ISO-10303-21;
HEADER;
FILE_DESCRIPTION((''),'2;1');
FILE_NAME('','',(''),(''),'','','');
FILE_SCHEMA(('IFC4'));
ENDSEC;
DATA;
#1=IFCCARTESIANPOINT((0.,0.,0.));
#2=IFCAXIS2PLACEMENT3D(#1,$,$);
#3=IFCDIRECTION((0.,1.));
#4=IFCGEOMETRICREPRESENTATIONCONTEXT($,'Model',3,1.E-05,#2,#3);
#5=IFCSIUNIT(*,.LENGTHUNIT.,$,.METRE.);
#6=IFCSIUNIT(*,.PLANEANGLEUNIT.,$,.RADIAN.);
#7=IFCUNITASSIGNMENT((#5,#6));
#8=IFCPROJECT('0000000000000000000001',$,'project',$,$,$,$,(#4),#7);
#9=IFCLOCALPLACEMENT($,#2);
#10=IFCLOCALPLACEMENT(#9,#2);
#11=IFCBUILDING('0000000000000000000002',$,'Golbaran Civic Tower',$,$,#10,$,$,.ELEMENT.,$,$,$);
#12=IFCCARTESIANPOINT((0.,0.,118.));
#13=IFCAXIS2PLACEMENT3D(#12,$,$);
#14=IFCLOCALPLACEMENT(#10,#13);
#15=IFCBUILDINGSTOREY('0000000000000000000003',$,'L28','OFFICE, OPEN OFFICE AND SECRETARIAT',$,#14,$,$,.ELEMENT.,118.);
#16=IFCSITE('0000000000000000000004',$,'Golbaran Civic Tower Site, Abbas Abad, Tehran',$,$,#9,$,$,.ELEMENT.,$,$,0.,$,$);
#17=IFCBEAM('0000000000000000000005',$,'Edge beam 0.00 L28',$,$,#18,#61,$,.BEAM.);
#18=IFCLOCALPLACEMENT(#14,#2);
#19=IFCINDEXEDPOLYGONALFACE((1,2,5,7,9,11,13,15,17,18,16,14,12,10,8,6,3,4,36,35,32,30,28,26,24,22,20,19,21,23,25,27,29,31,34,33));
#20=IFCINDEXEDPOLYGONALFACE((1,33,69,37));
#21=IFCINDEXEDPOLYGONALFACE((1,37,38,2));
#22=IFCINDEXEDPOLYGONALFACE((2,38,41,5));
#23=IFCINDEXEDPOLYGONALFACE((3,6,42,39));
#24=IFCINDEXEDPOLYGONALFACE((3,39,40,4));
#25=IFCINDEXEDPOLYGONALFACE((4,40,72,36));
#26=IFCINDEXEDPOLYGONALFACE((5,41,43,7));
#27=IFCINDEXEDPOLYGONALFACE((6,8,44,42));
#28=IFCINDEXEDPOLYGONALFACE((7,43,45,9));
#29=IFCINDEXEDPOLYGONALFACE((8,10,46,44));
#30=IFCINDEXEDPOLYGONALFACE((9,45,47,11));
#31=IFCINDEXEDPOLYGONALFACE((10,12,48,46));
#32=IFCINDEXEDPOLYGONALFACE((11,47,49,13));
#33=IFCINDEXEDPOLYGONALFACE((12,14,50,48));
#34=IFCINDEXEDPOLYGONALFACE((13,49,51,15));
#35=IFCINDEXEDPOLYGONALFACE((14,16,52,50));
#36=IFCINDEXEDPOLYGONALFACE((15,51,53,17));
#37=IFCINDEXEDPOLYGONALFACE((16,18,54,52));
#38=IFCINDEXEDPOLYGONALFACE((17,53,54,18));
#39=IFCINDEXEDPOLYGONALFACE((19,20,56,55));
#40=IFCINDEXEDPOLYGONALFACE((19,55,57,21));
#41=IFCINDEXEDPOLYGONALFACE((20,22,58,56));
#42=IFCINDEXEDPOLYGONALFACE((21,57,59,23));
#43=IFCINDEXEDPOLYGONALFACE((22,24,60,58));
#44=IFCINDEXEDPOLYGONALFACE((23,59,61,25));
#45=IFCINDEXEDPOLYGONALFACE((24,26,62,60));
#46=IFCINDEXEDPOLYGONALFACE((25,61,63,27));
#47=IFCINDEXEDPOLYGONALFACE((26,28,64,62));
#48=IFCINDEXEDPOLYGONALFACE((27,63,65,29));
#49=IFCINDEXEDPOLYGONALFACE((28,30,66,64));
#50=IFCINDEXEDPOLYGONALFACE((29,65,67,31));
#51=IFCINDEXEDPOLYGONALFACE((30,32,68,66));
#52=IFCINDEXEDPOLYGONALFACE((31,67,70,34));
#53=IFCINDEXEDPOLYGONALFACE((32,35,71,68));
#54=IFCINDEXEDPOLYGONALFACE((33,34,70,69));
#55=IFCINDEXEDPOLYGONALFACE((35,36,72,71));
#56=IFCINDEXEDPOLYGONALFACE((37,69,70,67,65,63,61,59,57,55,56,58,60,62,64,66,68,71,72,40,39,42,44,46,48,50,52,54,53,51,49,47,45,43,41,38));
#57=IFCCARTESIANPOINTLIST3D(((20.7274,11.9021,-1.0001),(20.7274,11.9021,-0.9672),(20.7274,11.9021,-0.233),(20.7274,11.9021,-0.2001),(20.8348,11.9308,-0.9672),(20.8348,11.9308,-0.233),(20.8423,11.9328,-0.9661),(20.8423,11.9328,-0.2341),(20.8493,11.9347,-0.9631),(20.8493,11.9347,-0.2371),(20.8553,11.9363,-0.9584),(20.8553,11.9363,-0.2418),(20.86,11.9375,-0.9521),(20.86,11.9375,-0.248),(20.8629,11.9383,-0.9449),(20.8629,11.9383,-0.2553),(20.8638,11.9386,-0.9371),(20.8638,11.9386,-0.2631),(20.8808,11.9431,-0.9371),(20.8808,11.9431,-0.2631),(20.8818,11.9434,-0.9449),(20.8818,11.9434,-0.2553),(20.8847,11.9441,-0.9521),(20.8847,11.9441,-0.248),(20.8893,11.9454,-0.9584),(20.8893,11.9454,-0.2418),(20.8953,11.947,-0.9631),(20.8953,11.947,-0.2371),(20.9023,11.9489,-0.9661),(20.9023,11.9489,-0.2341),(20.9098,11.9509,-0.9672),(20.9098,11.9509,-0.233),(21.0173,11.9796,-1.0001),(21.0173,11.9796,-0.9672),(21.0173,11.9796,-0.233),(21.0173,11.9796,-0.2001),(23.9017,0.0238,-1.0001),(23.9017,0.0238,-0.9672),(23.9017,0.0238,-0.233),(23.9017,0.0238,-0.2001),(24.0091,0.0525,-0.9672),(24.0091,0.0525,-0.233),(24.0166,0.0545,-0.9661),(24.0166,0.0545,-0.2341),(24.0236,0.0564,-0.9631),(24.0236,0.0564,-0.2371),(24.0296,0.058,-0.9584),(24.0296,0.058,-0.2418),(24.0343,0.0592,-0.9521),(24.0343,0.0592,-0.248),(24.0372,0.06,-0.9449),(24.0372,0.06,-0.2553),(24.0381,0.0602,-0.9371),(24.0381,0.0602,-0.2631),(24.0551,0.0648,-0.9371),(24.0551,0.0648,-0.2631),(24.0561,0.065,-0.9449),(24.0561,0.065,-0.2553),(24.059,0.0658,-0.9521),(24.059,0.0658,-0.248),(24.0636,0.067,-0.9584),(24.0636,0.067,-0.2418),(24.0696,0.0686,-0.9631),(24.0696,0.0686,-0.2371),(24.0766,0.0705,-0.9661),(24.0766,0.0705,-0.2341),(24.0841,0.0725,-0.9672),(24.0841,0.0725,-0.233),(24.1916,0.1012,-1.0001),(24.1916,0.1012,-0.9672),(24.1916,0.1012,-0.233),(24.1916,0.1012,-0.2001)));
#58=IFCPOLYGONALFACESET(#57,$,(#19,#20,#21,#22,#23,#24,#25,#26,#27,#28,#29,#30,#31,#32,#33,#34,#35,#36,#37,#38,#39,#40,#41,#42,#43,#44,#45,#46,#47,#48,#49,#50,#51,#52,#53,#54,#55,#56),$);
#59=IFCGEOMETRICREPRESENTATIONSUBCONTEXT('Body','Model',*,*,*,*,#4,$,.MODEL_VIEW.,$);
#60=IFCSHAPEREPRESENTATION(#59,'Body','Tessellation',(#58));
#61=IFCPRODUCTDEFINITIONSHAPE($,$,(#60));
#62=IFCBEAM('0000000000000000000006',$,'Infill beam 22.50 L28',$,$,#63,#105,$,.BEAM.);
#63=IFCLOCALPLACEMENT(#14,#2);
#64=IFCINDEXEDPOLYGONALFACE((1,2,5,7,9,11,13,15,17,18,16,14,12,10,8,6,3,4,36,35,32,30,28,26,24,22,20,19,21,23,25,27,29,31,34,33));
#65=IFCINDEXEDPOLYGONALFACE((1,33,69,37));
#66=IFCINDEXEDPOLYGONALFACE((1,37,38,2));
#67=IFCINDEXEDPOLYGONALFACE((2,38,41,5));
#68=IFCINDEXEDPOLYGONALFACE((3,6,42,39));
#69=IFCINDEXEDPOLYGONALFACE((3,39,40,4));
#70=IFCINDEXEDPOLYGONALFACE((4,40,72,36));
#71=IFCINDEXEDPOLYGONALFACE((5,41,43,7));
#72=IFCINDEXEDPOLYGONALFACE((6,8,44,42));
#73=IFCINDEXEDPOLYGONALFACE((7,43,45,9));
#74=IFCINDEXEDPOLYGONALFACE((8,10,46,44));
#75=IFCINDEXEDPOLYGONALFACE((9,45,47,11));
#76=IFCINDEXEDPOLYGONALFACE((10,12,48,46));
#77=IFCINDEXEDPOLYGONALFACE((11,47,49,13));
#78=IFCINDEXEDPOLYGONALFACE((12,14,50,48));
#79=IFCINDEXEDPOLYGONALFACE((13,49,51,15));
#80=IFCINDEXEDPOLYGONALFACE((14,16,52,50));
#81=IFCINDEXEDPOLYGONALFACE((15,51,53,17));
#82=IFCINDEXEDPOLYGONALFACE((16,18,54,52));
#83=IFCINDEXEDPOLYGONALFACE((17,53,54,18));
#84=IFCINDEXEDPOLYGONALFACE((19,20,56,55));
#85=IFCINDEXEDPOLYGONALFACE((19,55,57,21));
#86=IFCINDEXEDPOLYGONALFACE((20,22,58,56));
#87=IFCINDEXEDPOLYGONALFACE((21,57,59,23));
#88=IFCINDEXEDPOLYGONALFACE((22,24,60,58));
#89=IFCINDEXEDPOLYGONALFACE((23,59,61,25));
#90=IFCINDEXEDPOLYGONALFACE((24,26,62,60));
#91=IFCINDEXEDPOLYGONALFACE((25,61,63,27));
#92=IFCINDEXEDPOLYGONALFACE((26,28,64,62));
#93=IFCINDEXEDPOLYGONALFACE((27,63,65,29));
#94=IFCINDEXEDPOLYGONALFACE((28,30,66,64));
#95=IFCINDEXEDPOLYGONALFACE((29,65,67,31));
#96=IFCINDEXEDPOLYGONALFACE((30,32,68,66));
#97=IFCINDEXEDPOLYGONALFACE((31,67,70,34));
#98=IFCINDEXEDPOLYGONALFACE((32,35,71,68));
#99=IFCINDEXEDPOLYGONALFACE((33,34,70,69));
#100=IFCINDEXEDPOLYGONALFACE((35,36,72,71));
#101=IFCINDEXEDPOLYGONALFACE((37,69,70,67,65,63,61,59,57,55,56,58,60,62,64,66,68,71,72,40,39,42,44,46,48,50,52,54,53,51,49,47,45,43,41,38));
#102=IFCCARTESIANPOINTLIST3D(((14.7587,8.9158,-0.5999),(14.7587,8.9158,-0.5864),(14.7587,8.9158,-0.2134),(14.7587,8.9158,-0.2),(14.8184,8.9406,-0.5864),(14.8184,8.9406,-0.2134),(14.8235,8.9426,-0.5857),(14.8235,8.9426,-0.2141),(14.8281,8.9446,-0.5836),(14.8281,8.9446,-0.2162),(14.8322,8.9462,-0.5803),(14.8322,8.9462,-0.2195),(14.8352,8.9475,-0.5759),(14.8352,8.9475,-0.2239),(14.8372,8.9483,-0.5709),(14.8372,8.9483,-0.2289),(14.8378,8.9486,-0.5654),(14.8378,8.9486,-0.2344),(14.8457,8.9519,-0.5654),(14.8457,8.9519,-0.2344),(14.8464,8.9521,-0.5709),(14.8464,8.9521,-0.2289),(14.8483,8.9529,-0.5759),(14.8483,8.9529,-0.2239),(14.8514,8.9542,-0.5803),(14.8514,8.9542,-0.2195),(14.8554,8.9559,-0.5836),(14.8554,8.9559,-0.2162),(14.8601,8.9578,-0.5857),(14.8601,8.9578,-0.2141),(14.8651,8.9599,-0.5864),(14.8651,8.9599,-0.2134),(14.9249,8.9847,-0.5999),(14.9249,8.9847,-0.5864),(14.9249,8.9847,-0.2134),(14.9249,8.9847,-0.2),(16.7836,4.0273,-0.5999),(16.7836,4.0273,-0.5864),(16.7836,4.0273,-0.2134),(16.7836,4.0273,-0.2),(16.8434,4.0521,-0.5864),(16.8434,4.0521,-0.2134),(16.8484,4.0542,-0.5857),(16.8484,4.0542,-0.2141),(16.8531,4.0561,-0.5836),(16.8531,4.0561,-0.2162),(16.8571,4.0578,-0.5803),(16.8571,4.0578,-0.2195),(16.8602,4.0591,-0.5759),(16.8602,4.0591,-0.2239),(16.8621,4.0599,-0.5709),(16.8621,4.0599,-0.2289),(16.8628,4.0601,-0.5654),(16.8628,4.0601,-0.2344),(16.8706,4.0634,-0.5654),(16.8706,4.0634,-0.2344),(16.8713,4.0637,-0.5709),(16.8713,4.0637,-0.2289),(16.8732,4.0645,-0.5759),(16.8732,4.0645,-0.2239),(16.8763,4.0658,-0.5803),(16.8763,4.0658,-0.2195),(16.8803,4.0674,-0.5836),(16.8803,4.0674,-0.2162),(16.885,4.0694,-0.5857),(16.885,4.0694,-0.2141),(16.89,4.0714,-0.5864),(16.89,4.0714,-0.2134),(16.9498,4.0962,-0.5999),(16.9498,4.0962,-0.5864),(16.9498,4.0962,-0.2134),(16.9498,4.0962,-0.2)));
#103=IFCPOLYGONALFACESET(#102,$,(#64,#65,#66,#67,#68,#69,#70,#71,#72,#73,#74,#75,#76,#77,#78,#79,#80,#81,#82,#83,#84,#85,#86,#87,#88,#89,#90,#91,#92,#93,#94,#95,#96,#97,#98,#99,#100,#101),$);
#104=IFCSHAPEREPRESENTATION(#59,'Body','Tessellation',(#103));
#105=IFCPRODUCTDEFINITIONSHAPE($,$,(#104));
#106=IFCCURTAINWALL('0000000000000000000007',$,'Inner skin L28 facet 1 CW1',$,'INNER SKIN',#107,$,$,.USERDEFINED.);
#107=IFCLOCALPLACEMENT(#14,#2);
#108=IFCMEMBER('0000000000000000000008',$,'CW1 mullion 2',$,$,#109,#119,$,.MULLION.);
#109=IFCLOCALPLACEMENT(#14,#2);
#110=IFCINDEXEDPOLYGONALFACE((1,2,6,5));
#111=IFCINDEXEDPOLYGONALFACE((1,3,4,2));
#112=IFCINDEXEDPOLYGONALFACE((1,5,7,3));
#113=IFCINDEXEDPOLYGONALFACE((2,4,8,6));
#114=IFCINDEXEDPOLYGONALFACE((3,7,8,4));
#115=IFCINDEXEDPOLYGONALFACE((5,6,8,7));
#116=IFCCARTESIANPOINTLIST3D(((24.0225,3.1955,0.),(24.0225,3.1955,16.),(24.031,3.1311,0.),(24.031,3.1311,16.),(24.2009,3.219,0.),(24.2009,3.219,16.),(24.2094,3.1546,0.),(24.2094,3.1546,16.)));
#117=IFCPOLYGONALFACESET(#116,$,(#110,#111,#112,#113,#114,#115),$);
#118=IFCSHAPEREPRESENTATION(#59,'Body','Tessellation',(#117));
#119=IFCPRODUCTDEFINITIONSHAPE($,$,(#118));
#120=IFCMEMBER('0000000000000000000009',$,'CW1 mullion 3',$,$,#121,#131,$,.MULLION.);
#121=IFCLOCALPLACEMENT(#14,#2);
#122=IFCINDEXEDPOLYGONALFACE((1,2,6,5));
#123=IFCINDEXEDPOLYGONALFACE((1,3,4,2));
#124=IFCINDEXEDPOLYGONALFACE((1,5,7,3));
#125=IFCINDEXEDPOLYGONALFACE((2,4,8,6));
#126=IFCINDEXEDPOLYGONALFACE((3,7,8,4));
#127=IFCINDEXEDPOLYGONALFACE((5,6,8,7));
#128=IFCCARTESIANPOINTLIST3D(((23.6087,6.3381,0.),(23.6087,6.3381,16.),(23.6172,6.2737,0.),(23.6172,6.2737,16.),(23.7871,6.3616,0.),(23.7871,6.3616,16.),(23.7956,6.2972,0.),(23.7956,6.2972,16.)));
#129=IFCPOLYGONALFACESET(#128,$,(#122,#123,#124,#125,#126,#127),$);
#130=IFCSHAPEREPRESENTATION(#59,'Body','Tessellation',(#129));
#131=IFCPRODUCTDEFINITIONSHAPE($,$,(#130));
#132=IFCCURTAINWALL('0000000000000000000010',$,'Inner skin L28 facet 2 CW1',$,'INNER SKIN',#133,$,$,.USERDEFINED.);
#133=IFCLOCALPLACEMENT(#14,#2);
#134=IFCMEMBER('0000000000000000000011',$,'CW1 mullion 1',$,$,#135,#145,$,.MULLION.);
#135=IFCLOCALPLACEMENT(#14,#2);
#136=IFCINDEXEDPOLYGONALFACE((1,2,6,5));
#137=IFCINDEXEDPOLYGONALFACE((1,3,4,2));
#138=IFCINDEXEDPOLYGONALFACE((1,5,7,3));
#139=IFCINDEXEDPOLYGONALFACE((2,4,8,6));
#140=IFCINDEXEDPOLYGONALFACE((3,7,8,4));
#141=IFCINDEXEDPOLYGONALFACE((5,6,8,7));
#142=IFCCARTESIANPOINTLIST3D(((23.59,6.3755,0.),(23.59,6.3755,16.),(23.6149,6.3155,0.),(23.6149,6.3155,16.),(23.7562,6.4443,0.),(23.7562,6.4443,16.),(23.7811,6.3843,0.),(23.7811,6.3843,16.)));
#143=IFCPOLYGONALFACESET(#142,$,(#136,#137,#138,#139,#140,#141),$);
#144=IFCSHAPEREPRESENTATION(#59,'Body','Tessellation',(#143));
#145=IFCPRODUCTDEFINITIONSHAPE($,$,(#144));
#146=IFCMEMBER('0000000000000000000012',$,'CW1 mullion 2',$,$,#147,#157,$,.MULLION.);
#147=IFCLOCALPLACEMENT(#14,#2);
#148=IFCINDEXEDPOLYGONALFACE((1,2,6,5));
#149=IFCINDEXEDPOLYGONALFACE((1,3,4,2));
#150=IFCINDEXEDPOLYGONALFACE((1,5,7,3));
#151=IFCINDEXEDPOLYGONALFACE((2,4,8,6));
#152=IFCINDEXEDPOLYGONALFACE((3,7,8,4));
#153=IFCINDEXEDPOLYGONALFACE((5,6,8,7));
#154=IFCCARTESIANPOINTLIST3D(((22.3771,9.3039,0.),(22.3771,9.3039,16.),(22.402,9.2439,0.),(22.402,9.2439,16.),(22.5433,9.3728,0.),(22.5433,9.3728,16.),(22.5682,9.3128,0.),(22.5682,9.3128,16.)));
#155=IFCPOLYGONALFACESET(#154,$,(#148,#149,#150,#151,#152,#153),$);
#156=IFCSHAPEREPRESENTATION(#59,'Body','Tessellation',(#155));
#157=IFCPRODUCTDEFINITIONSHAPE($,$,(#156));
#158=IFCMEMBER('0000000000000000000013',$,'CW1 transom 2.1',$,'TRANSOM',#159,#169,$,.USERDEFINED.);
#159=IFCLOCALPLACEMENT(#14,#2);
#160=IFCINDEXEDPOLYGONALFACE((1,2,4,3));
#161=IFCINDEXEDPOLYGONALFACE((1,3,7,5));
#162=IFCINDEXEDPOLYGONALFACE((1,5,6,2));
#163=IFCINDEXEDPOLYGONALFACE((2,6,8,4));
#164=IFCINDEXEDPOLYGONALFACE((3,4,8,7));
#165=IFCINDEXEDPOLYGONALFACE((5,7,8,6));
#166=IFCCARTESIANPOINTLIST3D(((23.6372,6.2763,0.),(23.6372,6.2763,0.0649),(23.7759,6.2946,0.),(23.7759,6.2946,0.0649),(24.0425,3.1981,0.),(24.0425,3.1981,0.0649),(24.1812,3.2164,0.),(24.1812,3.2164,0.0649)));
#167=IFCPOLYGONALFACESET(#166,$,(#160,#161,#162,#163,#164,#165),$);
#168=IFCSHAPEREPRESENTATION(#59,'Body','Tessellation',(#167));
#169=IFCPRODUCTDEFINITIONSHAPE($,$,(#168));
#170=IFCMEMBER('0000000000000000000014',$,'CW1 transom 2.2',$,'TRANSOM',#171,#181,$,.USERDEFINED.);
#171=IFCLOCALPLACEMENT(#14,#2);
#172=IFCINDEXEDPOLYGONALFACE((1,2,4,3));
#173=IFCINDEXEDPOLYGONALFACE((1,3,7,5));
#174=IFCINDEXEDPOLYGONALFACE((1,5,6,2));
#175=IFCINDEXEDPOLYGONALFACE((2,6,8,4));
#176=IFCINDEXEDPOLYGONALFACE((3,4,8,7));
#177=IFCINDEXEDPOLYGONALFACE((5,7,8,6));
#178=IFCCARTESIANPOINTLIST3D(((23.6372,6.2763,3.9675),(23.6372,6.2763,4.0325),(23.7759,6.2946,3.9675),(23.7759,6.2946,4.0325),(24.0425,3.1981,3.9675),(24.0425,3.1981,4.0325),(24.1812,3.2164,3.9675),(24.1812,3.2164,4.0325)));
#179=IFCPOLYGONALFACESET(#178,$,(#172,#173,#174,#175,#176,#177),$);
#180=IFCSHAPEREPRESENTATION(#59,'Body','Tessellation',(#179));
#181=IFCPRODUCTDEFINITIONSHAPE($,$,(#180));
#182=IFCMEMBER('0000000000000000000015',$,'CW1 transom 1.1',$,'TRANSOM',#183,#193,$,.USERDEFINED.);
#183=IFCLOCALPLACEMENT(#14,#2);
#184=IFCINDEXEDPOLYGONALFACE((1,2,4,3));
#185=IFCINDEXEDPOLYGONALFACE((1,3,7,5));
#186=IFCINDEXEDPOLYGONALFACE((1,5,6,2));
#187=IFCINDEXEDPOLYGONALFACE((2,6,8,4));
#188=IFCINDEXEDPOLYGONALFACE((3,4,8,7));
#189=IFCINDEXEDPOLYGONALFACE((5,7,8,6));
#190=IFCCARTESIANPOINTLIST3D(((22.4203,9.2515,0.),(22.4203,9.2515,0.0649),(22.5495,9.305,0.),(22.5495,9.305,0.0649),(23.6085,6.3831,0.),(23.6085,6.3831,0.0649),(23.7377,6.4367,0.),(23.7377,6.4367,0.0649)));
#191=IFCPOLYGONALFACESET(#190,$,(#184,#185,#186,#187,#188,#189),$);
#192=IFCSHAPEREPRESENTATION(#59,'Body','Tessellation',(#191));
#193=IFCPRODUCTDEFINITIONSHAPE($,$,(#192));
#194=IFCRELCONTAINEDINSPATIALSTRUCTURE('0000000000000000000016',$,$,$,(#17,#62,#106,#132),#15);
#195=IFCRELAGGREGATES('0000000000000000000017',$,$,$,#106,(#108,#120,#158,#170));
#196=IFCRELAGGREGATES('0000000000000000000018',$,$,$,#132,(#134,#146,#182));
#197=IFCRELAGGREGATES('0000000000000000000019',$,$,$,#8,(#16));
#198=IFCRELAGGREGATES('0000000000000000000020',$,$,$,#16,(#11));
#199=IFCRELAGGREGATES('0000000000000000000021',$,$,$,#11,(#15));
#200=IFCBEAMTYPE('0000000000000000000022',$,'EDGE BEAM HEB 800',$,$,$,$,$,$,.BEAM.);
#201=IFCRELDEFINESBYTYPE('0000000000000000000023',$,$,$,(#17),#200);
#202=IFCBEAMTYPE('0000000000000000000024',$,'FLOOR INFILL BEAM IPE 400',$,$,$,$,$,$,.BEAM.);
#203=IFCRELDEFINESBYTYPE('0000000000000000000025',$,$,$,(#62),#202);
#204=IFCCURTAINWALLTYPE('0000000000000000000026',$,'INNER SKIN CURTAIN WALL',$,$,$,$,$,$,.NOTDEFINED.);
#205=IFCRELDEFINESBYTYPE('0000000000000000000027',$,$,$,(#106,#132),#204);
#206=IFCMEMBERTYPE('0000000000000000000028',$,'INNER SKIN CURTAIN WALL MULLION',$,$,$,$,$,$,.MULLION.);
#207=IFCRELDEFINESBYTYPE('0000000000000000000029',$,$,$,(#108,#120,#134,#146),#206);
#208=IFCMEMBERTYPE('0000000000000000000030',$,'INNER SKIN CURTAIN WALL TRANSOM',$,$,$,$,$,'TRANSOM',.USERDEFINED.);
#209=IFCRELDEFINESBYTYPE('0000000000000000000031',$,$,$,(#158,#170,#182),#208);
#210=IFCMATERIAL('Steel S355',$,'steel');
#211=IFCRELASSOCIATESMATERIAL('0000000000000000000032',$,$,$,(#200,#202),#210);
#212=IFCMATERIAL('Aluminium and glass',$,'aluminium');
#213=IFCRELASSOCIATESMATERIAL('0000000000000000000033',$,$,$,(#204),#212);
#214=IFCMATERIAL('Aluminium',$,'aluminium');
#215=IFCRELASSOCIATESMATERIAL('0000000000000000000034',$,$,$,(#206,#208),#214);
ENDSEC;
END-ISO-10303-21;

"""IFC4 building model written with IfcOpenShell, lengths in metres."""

from ifc_helpers import new_model, si_unit, direction, frame, origin, origin_2d, place, context, subcontext, project, spatial, rectangle, i_section, extrude, material, material_profile, profile_set, type_object, element, aggregate, save


model = new_model("IFC4")

# Units and contexts
model_context = context("Model", 3, precision=1e-05, world=origin(), true_north=direction((0.0, 1.0)))
body_context = subcontext(model_context, "Body", "Model", "MODEL_VIEW")
ifc_project = project(units=[si_unit("LENGTHUNIT", "METRE"), si_unit("PLANEANGLEUNIT", "RADIAN")], contexts=[model_context])

# Site, building, storey
site_placement = place(None, origin())
site = spatial("IfcSite", under=ifc_project, at=site_placement, Name="Golbaran Civic Tower Site, Abbas Abad, Tehran", CompositionType="ELEMENT", RefElevation=0.0)
building_placement = place(site_placement, origin())
building = spatial("IfcBuilding", under=site, at=building_placement, Name="Golbaran Civic Tower", CompositionType="ELEMENT")
storey_placement = place(building_placement, frame((0.0, 0.0, 118.0)))
storey = spatial("IfcBuildingStorey", under=building, at=storey_placement, Name="L28", Description="OFFICE, OPEN OFFICE AND SECRETARIAT", CompositionType="ELEMENT", Elevation=118.0)

# Beams
ifc_material_1 = material(Name="Steel S355", Category="steel")
ifc_material_profile_1 = material_profile(ifc_material_1, i_section(OverallWidth=0.3, OverallDepth=0.8, WebThickness=0.0176, FlangeThickness=0.033, FilletRadius=0.03, at=origin_2d()), Name="HEB 800")
ifc_profile_set_1 = profile_set([ifc_material_profile_1], Name="Steel S355")
beam_type_1 = type_object("IfcBeamType", Name="EDGE BEAM HEB 800", PredefinedType="BEAM", material=ifc_profile_set_1)
beam_1_placement = place(storey_placement, frame((24.0466, 0.0625, -0.6001), z_axis=(-0.258174, 0.966098, 0.0), x_axis=(-0.966098, -0.258174, 0.0)))
element("IfcBeam", 1, at=beam_1_placement, inside=storey, type_object=beam_type_1, Name="Edge beam 0.00 L28", PredefinedType="BEAM", context=body_context, shape_type="SweptSolid", body=[
    extrude(i_section(OverallWidth=0.3, OverallDepth=0.8, WebThickness=0.0176, FlangeThickness=0.033, FilletRadius=0.03, at=origin_2d()), origin(), (0.0, 0.0, 1.0), 12.2952),
])
ifc_material_profile_2 = material_profile(ifc_material_1, i_section(OverallWidth=0.1799, OverallDepth=0.3999, WebThickness=0.0085, FlangeThickness=0.0134, FilletRadius=0.021, at=origin_2d()), Name="IPE 400")
ifc_profile_set_2 = profile_set([ifc_material_profile_2], Name="Steel S355")
beam_type_2 = type_object("IfcBeamType", Name="FLOOR INFILL BEAM IPE 400", PredefinedType="BEAM", material=ifc_profile_set_2)
beam_2_placement = place(storey_placement, frame((16.8667, 4.0618, -0.3999), z_axis=(-0.382691, 0.923876, 0.0), x_axis=(-0.923876, -0.382691, 0.0)))
element("IfcBeam", 2, at=beam_2_placement, inside=storey, type_object=beam_type_2, Name="Infill beam 22.50 L28", PredefinedType="BEAM", context=body_context, shape_type="SweptSolid", body=[
    extrude(i_section(OverallWidth=0.1799, OverallDepth=0.3999, WebThickness=0.0085, FlangeThickness=0.0134, FilletRadius=0.021, at=origin_2d()), origin(), (0.0, 0.0, 1.0), 5.2913),
])

# Curtain walls, members
ifc_material_2 = material(Name="Aluminium and glass", Category="aluminium")
curtain_wall_type = type_object("IfcCurtainWallType", Name="INNER SKIN CURTAIN WALL", PredefinedType="NOTDEFINED", material=ifc_material_2)
curtain_wall_1_placement = place(storey_placement, origin())
curtain_wall_1 = element("IfcCurtainWall", 3, at=curtain_wall_1_placement, inside=storey, type_object=curtain_wall_type, Name="Inner skin L28 facet 1 CW1", ObjectType="INNER SKIN", PredefinedType="USERDEFINED")
ifc_material_3 = material(Name="Aluminium", Category="aluminium")
ifc_material_profile_3 = material_profile(ifc_material_3, rectangle(XDim=0.1799, YDim=0.0649, at=origin_2d()), Name="INNER SKIN CURTAIN WALL MULLION")
ifc_profile_set_3 = profile_set([ifc_material_profile_3], Name="Aluminium")
member_type_1 = type_object("IfcMemberType", Name="INNER SKIN CURTAIN WALL MULLION", PredefinedType="MULLION", material=ifc_profile_set_3)
member_1_placement = place(storey_placement, frame((24.116, 3.175, 0.0), z_axis=(0.0, 0.0, 1.0), x_axis=(-0.991445, -0.130526, 0.0)))
member_1 = element("IfcMember", 4, at=member_1_placement, type_object=member_type_1, Name="CW1 mullion 2", PredefinedType="MULLION", context=body_context, shape_type="SweptSolid", body=[
    extrude(rectangle(XDim=0.1799, YDim=0.0649, at=origin_2d()), origin(), (0.0, 0.0, 1.0), 16.0),
])
member_2_placement = place(storey_placement, frame((23.7021, 6.3176, 0.0), z_axis=(0.0, 0.0, 1.0), x_axis=(-0.991445, -0.130526, 0.0)))
member_2 = element("IfcMember", 5, at=member_2_placement, type_object=member_type_1, Name="CW1 mullion 3", PredefinedType="MULLION", context=body_context, shape_type="SweptSolid", body=[
    extrude(rectangle(XDim=0.1799, YDim=0.0649, at=origin_2d()), origin(), (0.0, 0.0, 1.0), 16.0),
])
curtain_wall_2_placement = place(storey_placement, origin())
curtain_wall_2 = element("IfcCurtainWall", 6, at=curtain_wall_2_placement, inside=storey, type_object=curtain_wall_type, Name="Inner skin L28 facet 2 CW1", ObjectType="INNER SKIN", PredefinedType="USERDEFINED")
member_3_placement = place(storey_placement, frame((23.6855, 6.3799, 0.0), z_axis=(0.0, 0.0, 1.0), x_axis=(-0.92388, -0.382683, 0.0)))
member_3 = element("IfcMember", 7, at=member_3_placement, type_object=member_type_1, Name="CW1 mullion 1", PredefinedType="MULLION", context=body_context, shape_type="SweptSolid", body=[
    extrude(rectangle(XDim=0.1799, YDim=0.0649, at=origin_2d()), origin(), (0.0, 0.0, 1.0), 16.0),
])
member_4_placement = place(storey_placement, frame((22.4727, 9.3083, 0.0), z_axis=(0.0, 0.0, 1.0), x_axis=(-0.92388, -0.382683, 0.0)))
member_4 = element("IfcMember", 8, at=member_4_placement, type_object=member_type_1, Name="CW1 mullion 2", PredefinedType="MULLION", context=body_context, shape_type="SweptSolid", body=[
    extrude(rectangle(XDim=0.1799, YDim=0.0649, at=origin_2d()), origin(), (0.0, 0.0, 1.0), 16.0),
])

# Members
ifc_material_profile_4 = material_profile(ifc_material_3, rectangle(XDim=0.1399, YDim=0.0649, at=origin_2d()), Name="INNER SKIN CURTAIN WALL TRANSOM")
ifc_profile_set_4 = profile_set([ifc_material_profile_4], Name="Aluminium")
member_type_2 = type_object("IfcMemberType", Name="INNER SKIN CURTAIN WALL TRANSOM", ElementType="TRANSOM", PredefinedType="USERDEFINED", material=ifc_profile_set_4)
member_5_placement = place(storey_placement, frame((24.1118, 3.2073, 0.0325), z_axis=(-0.130536, 0.991444, 0.0), x_axis=(-0.991444, -0.130536, 0.0)))
member_5 = element("IfcMember", 9, at=member_5_placement, type_object=member_type_2, Name="CW1 transom 2.1", ObjectType="TRANSOM", PredefinedType="USERDEFINED", context=body_context, shape_type="SweptSolid", body=[
    extrude(rectangle(XDim=0.1399, YDim=0.0649, at=origin_2d()), origin(), (0.0, 0.0, 1.0), 3.1047),
])
member_6_placement = place(storey_placement, frame((24.1118, 3.2073, 4.0), z_axis=(-0.130536, 0.991444, 0.0), x_axis=(-0.991444, -0.130536, 0.0)))
member_6 = element("IfcMember", 10, at=member_6_placement, type_object=member_type_2, Name="CW1 transom 2.2", ObjectType="TRANSOM", PredefinedType="USERDEFINED", context=body_context, shape_type="SweptSolid", body=[
    extrude(rectangle(XDim=0.1399, YDim=0.0649, at=origin_2d()), origin(), (0.0, 0.0, 1.0), 3.1047),
])
member_7_placement = place(storey_placement, frame((23.6731, 6.4099, 0.0325), z_axis=(-0.382711, 0.923868, 0.0), x_axis=(-0.923868, -0.382711, 0.0)))
member_7 = element("IfcMember", 11, at=member_7_placement, type_object=member_type_2, Name="CW1 transom 1.1", ObjectType="TRANSOM", PredefinedType="USERDEFINED", context=body_context, shape_type="SweptSolid", body=[
    extrude(rectangle(XDim=0.1399, YDim=0.0649, at=origin_2d()), origin(), (0.0, 0.0, 1.0), 3.1047),
])

aggregate(curtain_wall_1, [member_1, member_2, member_5, member_6])
aggregate(curtain_wall_2, [member_3, member_4, member_7])

save(model, "model.ifc")
